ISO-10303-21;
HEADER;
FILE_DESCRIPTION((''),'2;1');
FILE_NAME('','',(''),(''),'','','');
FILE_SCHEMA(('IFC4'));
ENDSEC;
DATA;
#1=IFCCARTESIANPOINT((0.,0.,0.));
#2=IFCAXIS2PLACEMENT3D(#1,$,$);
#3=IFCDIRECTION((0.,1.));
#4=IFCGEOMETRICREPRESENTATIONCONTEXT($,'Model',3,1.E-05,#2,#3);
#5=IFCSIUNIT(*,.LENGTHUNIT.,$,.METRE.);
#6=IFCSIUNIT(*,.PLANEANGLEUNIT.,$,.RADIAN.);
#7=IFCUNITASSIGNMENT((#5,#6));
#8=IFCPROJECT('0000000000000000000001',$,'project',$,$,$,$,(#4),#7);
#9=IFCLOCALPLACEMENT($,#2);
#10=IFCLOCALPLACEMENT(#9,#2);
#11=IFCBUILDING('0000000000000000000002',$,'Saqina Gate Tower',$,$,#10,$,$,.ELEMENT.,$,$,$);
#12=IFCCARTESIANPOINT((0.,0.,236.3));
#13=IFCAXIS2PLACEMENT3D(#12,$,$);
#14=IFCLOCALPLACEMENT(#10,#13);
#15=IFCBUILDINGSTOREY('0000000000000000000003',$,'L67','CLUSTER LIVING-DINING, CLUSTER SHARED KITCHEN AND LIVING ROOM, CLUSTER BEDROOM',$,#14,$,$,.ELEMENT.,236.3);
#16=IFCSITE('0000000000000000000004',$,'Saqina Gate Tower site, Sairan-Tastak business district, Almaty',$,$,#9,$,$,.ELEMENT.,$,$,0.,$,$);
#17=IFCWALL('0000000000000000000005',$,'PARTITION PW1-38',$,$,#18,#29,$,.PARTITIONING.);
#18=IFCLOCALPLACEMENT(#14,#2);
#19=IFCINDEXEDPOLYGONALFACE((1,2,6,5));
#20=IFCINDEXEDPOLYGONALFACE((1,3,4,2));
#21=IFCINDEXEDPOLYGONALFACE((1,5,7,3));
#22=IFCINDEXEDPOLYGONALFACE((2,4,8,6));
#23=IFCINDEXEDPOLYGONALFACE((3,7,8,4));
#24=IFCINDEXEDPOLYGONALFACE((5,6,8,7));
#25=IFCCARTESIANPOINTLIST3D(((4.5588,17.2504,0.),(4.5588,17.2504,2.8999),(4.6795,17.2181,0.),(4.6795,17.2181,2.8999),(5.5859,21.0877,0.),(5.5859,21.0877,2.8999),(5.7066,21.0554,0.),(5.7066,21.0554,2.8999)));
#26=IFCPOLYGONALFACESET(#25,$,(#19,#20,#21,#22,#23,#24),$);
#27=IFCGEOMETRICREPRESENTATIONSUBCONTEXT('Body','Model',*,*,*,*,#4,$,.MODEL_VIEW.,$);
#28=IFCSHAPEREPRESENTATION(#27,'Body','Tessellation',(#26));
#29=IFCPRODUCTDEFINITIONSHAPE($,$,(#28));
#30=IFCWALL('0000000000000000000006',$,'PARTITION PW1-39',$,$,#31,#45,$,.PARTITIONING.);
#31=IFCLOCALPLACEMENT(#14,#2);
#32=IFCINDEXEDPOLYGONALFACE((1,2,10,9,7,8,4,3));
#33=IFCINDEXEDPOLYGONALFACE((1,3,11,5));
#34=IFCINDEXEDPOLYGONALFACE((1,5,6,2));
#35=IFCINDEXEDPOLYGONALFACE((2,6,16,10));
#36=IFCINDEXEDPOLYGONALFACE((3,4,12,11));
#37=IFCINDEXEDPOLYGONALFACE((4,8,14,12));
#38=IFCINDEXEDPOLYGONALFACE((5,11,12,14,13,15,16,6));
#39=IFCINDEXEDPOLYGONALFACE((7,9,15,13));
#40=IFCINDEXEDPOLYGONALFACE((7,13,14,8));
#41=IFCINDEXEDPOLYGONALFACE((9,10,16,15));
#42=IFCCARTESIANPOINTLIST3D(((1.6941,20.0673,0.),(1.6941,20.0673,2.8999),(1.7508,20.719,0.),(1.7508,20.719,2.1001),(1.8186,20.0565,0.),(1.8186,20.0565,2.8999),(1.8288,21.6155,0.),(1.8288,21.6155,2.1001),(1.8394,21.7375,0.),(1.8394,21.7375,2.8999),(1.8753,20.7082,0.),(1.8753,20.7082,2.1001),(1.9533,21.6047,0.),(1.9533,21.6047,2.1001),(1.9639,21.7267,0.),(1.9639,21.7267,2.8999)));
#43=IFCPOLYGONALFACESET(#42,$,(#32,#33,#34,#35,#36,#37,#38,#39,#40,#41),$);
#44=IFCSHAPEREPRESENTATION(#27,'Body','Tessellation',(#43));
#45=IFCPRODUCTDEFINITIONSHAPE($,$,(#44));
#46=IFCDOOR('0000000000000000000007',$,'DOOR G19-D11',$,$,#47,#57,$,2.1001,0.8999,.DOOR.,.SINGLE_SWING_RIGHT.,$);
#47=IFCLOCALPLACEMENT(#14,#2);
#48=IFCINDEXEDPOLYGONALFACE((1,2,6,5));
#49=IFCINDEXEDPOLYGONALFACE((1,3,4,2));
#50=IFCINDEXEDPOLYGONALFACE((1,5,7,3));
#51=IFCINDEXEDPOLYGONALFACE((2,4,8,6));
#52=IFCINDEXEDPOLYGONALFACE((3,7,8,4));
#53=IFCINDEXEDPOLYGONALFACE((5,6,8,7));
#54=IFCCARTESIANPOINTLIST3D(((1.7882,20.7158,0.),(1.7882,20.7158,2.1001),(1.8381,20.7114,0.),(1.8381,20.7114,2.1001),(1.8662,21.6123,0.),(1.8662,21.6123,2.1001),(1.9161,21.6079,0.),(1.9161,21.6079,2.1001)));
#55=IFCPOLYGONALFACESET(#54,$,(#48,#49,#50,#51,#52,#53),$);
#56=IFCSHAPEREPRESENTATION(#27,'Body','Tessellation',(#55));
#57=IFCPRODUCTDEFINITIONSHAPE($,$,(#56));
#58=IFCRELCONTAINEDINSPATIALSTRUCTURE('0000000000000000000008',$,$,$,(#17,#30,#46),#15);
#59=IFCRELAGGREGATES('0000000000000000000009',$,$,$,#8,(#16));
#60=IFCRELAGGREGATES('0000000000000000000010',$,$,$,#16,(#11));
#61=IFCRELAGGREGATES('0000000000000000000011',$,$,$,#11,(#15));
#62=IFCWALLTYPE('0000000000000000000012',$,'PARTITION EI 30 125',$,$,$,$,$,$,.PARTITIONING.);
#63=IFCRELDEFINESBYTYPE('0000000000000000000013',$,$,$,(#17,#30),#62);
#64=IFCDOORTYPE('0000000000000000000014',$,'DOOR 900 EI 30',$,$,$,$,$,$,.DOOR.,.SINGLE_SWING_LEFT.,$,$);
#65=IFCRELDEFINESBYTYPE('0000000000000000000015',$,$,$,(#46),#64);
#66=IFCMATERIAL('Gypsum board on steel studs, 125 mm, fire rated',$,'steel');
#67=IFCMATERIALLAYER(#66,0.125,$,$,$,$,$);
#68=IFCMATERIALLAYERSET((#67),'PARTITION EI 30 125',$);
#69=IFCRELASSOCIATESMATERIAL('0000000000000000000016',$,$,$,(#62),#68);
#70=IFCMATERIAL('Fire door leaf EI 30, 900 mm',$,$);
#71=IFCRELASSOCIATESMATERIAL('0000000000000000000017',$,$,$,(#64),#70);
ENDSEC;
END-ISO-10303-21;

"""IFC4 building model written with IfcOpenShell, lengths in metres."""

from ifc_helpers import new_model, si_unit, direction, frame, frame_2d, origin, place, context, subcontext, project, spatial, rectangle, extrude, material, layer, layer_set, type_object, element, fill, save


model = new_model("IFC4")

# Units and contexts
model_context = context("Model", 3, precision=1e-05, world=origin(), true_north=direction((0.0, 1.0)))
body_context = subcontext(model_context, "Body", "Model", "MODEL_VIEW")
ifc_project = project(units=[si_unit("LENGTHUNIT", "METRE"), si_unit("PLANEANGLEUNIT", "RADIAN")], contexts=[model_context])

# Site, building, storey
site_placement = place(None, origin())
site = spatial("IfcSite", under=ifc_project, at=site_placement, Name="Saqina Gate Tower site, Sairan-Tastak business district, Almaty", CompositionType="ELEMENT", RefElevation=0.0)
building_placement = place(site_placement, origin())
building = spatial("IfcBuilding", under=site, at=building_placement, Name="Saqina Gate Tower", CompositionType="ELEMENT")
storey_placement = place(building_placement, frame((0.0, 0.0, 236.3)))
storey = spatial("IfcBuildingStorey", under=building, at=storey_placement, Name="L67", Description="CLUSTER LIVING-DINING, CLUSTER SHARED KITCHEN AND LIVING ROOM, CLUSTER BEDROOM", CompositionType="ELEMENT", Elevation=236.3)

# Wall
ifc_material_1 = material(Name="Gypsum board on steel studs, 125 mm, fire rated", Category="steel")
ifc_layer_1 = layer(ifc_material_1, 0.125)
ifc_layer_set_1 = layer_set([ifc_layer_1], Name="PARTITION EI 30 125")
wall_type_1 = type_object("IfcWallType", Name="PARTITION EI 30 125", PredefinedType="PARTITIONING", material=ifc_layer_set_1)
wall_1_placement = place(storey_placement, frame((4.6191, 17.2341, 0.0), z_axis=(0.0, 0.0, 1.0), x_axis=(0.258554, 0.965997, 0.0)))
element("IfcWall", 1, at=wall_1_placement, inside=storey, type_object=wall_type_1, Name="PARTITION PW1-38", PredefinedType="PARTITIONING", context=body_context, shape_type="SweptSolid", body=[
    extrude(rectangle(XDim=3.9724, YDim=0.125, at=frame_2d((1.9863, 0.0))), origin(), (0.0, 0.0, 1.0), 2.8999),
])

# Wall, opening, door
wall_2_placement = place(storey_placement, frame((1.7563, 20.0618, 0.0), z_axis=(0.0, 0.0, 1.0), x_axis=(0.086648, 0.996239, 0.0)))
wall_2 = element("IfcWall", 2, at=wall_2_placement, inside=storey, type_object=wall_type_1, Name="PARTITION PW1-39", PredefinedType="PARTITIONING", context=body_context, shape_type="SweptSolid", body=[
    extrude(rectangle(XDim=1.6765, YDim=0.125, at=frame_2d((0.8384, 0.0))), origin(), (0.0, 0.0, 1.0), 2.8999),
])
opening_1_placement = place(wall_2_placement, frame((0.6543, 0.0, 0.0)))
opening_1 = element("IfcOpeningElement", 3, at=opening_1_placement, cuts=wall_2, PredefinedType="OPENING", context=body_context, shape_type="SweptSolid", body=[
    extrude(rectangle(XDim=0.8999, YDim=2.1001, at=frame_2d((0.45, 1.05))), frame((0.0, 0.0745, 0.0), z_axis=(0.0, -1.0, 0.0), x_axis=(1.0, 0.0, 0.0)), (0.0, 0.0, 1.0), 0.1489),
])
ifc_material_2 = material(Name="Fire door leaf EI 30, 900 mm")
door_type_1 = type_object("IfcDoorType", Name="DOOR 900 EI 30", OperationType="SINGLE_SWING_LEFT", PredefinedType="DOOR", material=ifc_material_2)
door_1_placement = place(opening_1_placement, origin())
door_1 = element("IfcDoor", 4, at=door_1_placement, inside=storey, type_object=door_type_1, Name="DOOR G19-D11", OperationType="SINGLE_SWING_RIGHT", OverallHeight=2.1001, OverallWidth=0.8999, PredefinedType="DOOR", context=body_context, shape_type="SweptSolid", body=[
    extrude(rectangle(XDim=0.8999, YDim=2.1001, at=frame_2d((0.45, 1.05))), frame((0.0, 0.0249, 0.0), z_axis=(0.0, -1.0, 0.0), x_axis=(1.0, 0.0, 0.0)), (0.0, 0.0, 1.0), 0.05),
])
fill(opening_1, door_1)

save(model, "model.ifc")
